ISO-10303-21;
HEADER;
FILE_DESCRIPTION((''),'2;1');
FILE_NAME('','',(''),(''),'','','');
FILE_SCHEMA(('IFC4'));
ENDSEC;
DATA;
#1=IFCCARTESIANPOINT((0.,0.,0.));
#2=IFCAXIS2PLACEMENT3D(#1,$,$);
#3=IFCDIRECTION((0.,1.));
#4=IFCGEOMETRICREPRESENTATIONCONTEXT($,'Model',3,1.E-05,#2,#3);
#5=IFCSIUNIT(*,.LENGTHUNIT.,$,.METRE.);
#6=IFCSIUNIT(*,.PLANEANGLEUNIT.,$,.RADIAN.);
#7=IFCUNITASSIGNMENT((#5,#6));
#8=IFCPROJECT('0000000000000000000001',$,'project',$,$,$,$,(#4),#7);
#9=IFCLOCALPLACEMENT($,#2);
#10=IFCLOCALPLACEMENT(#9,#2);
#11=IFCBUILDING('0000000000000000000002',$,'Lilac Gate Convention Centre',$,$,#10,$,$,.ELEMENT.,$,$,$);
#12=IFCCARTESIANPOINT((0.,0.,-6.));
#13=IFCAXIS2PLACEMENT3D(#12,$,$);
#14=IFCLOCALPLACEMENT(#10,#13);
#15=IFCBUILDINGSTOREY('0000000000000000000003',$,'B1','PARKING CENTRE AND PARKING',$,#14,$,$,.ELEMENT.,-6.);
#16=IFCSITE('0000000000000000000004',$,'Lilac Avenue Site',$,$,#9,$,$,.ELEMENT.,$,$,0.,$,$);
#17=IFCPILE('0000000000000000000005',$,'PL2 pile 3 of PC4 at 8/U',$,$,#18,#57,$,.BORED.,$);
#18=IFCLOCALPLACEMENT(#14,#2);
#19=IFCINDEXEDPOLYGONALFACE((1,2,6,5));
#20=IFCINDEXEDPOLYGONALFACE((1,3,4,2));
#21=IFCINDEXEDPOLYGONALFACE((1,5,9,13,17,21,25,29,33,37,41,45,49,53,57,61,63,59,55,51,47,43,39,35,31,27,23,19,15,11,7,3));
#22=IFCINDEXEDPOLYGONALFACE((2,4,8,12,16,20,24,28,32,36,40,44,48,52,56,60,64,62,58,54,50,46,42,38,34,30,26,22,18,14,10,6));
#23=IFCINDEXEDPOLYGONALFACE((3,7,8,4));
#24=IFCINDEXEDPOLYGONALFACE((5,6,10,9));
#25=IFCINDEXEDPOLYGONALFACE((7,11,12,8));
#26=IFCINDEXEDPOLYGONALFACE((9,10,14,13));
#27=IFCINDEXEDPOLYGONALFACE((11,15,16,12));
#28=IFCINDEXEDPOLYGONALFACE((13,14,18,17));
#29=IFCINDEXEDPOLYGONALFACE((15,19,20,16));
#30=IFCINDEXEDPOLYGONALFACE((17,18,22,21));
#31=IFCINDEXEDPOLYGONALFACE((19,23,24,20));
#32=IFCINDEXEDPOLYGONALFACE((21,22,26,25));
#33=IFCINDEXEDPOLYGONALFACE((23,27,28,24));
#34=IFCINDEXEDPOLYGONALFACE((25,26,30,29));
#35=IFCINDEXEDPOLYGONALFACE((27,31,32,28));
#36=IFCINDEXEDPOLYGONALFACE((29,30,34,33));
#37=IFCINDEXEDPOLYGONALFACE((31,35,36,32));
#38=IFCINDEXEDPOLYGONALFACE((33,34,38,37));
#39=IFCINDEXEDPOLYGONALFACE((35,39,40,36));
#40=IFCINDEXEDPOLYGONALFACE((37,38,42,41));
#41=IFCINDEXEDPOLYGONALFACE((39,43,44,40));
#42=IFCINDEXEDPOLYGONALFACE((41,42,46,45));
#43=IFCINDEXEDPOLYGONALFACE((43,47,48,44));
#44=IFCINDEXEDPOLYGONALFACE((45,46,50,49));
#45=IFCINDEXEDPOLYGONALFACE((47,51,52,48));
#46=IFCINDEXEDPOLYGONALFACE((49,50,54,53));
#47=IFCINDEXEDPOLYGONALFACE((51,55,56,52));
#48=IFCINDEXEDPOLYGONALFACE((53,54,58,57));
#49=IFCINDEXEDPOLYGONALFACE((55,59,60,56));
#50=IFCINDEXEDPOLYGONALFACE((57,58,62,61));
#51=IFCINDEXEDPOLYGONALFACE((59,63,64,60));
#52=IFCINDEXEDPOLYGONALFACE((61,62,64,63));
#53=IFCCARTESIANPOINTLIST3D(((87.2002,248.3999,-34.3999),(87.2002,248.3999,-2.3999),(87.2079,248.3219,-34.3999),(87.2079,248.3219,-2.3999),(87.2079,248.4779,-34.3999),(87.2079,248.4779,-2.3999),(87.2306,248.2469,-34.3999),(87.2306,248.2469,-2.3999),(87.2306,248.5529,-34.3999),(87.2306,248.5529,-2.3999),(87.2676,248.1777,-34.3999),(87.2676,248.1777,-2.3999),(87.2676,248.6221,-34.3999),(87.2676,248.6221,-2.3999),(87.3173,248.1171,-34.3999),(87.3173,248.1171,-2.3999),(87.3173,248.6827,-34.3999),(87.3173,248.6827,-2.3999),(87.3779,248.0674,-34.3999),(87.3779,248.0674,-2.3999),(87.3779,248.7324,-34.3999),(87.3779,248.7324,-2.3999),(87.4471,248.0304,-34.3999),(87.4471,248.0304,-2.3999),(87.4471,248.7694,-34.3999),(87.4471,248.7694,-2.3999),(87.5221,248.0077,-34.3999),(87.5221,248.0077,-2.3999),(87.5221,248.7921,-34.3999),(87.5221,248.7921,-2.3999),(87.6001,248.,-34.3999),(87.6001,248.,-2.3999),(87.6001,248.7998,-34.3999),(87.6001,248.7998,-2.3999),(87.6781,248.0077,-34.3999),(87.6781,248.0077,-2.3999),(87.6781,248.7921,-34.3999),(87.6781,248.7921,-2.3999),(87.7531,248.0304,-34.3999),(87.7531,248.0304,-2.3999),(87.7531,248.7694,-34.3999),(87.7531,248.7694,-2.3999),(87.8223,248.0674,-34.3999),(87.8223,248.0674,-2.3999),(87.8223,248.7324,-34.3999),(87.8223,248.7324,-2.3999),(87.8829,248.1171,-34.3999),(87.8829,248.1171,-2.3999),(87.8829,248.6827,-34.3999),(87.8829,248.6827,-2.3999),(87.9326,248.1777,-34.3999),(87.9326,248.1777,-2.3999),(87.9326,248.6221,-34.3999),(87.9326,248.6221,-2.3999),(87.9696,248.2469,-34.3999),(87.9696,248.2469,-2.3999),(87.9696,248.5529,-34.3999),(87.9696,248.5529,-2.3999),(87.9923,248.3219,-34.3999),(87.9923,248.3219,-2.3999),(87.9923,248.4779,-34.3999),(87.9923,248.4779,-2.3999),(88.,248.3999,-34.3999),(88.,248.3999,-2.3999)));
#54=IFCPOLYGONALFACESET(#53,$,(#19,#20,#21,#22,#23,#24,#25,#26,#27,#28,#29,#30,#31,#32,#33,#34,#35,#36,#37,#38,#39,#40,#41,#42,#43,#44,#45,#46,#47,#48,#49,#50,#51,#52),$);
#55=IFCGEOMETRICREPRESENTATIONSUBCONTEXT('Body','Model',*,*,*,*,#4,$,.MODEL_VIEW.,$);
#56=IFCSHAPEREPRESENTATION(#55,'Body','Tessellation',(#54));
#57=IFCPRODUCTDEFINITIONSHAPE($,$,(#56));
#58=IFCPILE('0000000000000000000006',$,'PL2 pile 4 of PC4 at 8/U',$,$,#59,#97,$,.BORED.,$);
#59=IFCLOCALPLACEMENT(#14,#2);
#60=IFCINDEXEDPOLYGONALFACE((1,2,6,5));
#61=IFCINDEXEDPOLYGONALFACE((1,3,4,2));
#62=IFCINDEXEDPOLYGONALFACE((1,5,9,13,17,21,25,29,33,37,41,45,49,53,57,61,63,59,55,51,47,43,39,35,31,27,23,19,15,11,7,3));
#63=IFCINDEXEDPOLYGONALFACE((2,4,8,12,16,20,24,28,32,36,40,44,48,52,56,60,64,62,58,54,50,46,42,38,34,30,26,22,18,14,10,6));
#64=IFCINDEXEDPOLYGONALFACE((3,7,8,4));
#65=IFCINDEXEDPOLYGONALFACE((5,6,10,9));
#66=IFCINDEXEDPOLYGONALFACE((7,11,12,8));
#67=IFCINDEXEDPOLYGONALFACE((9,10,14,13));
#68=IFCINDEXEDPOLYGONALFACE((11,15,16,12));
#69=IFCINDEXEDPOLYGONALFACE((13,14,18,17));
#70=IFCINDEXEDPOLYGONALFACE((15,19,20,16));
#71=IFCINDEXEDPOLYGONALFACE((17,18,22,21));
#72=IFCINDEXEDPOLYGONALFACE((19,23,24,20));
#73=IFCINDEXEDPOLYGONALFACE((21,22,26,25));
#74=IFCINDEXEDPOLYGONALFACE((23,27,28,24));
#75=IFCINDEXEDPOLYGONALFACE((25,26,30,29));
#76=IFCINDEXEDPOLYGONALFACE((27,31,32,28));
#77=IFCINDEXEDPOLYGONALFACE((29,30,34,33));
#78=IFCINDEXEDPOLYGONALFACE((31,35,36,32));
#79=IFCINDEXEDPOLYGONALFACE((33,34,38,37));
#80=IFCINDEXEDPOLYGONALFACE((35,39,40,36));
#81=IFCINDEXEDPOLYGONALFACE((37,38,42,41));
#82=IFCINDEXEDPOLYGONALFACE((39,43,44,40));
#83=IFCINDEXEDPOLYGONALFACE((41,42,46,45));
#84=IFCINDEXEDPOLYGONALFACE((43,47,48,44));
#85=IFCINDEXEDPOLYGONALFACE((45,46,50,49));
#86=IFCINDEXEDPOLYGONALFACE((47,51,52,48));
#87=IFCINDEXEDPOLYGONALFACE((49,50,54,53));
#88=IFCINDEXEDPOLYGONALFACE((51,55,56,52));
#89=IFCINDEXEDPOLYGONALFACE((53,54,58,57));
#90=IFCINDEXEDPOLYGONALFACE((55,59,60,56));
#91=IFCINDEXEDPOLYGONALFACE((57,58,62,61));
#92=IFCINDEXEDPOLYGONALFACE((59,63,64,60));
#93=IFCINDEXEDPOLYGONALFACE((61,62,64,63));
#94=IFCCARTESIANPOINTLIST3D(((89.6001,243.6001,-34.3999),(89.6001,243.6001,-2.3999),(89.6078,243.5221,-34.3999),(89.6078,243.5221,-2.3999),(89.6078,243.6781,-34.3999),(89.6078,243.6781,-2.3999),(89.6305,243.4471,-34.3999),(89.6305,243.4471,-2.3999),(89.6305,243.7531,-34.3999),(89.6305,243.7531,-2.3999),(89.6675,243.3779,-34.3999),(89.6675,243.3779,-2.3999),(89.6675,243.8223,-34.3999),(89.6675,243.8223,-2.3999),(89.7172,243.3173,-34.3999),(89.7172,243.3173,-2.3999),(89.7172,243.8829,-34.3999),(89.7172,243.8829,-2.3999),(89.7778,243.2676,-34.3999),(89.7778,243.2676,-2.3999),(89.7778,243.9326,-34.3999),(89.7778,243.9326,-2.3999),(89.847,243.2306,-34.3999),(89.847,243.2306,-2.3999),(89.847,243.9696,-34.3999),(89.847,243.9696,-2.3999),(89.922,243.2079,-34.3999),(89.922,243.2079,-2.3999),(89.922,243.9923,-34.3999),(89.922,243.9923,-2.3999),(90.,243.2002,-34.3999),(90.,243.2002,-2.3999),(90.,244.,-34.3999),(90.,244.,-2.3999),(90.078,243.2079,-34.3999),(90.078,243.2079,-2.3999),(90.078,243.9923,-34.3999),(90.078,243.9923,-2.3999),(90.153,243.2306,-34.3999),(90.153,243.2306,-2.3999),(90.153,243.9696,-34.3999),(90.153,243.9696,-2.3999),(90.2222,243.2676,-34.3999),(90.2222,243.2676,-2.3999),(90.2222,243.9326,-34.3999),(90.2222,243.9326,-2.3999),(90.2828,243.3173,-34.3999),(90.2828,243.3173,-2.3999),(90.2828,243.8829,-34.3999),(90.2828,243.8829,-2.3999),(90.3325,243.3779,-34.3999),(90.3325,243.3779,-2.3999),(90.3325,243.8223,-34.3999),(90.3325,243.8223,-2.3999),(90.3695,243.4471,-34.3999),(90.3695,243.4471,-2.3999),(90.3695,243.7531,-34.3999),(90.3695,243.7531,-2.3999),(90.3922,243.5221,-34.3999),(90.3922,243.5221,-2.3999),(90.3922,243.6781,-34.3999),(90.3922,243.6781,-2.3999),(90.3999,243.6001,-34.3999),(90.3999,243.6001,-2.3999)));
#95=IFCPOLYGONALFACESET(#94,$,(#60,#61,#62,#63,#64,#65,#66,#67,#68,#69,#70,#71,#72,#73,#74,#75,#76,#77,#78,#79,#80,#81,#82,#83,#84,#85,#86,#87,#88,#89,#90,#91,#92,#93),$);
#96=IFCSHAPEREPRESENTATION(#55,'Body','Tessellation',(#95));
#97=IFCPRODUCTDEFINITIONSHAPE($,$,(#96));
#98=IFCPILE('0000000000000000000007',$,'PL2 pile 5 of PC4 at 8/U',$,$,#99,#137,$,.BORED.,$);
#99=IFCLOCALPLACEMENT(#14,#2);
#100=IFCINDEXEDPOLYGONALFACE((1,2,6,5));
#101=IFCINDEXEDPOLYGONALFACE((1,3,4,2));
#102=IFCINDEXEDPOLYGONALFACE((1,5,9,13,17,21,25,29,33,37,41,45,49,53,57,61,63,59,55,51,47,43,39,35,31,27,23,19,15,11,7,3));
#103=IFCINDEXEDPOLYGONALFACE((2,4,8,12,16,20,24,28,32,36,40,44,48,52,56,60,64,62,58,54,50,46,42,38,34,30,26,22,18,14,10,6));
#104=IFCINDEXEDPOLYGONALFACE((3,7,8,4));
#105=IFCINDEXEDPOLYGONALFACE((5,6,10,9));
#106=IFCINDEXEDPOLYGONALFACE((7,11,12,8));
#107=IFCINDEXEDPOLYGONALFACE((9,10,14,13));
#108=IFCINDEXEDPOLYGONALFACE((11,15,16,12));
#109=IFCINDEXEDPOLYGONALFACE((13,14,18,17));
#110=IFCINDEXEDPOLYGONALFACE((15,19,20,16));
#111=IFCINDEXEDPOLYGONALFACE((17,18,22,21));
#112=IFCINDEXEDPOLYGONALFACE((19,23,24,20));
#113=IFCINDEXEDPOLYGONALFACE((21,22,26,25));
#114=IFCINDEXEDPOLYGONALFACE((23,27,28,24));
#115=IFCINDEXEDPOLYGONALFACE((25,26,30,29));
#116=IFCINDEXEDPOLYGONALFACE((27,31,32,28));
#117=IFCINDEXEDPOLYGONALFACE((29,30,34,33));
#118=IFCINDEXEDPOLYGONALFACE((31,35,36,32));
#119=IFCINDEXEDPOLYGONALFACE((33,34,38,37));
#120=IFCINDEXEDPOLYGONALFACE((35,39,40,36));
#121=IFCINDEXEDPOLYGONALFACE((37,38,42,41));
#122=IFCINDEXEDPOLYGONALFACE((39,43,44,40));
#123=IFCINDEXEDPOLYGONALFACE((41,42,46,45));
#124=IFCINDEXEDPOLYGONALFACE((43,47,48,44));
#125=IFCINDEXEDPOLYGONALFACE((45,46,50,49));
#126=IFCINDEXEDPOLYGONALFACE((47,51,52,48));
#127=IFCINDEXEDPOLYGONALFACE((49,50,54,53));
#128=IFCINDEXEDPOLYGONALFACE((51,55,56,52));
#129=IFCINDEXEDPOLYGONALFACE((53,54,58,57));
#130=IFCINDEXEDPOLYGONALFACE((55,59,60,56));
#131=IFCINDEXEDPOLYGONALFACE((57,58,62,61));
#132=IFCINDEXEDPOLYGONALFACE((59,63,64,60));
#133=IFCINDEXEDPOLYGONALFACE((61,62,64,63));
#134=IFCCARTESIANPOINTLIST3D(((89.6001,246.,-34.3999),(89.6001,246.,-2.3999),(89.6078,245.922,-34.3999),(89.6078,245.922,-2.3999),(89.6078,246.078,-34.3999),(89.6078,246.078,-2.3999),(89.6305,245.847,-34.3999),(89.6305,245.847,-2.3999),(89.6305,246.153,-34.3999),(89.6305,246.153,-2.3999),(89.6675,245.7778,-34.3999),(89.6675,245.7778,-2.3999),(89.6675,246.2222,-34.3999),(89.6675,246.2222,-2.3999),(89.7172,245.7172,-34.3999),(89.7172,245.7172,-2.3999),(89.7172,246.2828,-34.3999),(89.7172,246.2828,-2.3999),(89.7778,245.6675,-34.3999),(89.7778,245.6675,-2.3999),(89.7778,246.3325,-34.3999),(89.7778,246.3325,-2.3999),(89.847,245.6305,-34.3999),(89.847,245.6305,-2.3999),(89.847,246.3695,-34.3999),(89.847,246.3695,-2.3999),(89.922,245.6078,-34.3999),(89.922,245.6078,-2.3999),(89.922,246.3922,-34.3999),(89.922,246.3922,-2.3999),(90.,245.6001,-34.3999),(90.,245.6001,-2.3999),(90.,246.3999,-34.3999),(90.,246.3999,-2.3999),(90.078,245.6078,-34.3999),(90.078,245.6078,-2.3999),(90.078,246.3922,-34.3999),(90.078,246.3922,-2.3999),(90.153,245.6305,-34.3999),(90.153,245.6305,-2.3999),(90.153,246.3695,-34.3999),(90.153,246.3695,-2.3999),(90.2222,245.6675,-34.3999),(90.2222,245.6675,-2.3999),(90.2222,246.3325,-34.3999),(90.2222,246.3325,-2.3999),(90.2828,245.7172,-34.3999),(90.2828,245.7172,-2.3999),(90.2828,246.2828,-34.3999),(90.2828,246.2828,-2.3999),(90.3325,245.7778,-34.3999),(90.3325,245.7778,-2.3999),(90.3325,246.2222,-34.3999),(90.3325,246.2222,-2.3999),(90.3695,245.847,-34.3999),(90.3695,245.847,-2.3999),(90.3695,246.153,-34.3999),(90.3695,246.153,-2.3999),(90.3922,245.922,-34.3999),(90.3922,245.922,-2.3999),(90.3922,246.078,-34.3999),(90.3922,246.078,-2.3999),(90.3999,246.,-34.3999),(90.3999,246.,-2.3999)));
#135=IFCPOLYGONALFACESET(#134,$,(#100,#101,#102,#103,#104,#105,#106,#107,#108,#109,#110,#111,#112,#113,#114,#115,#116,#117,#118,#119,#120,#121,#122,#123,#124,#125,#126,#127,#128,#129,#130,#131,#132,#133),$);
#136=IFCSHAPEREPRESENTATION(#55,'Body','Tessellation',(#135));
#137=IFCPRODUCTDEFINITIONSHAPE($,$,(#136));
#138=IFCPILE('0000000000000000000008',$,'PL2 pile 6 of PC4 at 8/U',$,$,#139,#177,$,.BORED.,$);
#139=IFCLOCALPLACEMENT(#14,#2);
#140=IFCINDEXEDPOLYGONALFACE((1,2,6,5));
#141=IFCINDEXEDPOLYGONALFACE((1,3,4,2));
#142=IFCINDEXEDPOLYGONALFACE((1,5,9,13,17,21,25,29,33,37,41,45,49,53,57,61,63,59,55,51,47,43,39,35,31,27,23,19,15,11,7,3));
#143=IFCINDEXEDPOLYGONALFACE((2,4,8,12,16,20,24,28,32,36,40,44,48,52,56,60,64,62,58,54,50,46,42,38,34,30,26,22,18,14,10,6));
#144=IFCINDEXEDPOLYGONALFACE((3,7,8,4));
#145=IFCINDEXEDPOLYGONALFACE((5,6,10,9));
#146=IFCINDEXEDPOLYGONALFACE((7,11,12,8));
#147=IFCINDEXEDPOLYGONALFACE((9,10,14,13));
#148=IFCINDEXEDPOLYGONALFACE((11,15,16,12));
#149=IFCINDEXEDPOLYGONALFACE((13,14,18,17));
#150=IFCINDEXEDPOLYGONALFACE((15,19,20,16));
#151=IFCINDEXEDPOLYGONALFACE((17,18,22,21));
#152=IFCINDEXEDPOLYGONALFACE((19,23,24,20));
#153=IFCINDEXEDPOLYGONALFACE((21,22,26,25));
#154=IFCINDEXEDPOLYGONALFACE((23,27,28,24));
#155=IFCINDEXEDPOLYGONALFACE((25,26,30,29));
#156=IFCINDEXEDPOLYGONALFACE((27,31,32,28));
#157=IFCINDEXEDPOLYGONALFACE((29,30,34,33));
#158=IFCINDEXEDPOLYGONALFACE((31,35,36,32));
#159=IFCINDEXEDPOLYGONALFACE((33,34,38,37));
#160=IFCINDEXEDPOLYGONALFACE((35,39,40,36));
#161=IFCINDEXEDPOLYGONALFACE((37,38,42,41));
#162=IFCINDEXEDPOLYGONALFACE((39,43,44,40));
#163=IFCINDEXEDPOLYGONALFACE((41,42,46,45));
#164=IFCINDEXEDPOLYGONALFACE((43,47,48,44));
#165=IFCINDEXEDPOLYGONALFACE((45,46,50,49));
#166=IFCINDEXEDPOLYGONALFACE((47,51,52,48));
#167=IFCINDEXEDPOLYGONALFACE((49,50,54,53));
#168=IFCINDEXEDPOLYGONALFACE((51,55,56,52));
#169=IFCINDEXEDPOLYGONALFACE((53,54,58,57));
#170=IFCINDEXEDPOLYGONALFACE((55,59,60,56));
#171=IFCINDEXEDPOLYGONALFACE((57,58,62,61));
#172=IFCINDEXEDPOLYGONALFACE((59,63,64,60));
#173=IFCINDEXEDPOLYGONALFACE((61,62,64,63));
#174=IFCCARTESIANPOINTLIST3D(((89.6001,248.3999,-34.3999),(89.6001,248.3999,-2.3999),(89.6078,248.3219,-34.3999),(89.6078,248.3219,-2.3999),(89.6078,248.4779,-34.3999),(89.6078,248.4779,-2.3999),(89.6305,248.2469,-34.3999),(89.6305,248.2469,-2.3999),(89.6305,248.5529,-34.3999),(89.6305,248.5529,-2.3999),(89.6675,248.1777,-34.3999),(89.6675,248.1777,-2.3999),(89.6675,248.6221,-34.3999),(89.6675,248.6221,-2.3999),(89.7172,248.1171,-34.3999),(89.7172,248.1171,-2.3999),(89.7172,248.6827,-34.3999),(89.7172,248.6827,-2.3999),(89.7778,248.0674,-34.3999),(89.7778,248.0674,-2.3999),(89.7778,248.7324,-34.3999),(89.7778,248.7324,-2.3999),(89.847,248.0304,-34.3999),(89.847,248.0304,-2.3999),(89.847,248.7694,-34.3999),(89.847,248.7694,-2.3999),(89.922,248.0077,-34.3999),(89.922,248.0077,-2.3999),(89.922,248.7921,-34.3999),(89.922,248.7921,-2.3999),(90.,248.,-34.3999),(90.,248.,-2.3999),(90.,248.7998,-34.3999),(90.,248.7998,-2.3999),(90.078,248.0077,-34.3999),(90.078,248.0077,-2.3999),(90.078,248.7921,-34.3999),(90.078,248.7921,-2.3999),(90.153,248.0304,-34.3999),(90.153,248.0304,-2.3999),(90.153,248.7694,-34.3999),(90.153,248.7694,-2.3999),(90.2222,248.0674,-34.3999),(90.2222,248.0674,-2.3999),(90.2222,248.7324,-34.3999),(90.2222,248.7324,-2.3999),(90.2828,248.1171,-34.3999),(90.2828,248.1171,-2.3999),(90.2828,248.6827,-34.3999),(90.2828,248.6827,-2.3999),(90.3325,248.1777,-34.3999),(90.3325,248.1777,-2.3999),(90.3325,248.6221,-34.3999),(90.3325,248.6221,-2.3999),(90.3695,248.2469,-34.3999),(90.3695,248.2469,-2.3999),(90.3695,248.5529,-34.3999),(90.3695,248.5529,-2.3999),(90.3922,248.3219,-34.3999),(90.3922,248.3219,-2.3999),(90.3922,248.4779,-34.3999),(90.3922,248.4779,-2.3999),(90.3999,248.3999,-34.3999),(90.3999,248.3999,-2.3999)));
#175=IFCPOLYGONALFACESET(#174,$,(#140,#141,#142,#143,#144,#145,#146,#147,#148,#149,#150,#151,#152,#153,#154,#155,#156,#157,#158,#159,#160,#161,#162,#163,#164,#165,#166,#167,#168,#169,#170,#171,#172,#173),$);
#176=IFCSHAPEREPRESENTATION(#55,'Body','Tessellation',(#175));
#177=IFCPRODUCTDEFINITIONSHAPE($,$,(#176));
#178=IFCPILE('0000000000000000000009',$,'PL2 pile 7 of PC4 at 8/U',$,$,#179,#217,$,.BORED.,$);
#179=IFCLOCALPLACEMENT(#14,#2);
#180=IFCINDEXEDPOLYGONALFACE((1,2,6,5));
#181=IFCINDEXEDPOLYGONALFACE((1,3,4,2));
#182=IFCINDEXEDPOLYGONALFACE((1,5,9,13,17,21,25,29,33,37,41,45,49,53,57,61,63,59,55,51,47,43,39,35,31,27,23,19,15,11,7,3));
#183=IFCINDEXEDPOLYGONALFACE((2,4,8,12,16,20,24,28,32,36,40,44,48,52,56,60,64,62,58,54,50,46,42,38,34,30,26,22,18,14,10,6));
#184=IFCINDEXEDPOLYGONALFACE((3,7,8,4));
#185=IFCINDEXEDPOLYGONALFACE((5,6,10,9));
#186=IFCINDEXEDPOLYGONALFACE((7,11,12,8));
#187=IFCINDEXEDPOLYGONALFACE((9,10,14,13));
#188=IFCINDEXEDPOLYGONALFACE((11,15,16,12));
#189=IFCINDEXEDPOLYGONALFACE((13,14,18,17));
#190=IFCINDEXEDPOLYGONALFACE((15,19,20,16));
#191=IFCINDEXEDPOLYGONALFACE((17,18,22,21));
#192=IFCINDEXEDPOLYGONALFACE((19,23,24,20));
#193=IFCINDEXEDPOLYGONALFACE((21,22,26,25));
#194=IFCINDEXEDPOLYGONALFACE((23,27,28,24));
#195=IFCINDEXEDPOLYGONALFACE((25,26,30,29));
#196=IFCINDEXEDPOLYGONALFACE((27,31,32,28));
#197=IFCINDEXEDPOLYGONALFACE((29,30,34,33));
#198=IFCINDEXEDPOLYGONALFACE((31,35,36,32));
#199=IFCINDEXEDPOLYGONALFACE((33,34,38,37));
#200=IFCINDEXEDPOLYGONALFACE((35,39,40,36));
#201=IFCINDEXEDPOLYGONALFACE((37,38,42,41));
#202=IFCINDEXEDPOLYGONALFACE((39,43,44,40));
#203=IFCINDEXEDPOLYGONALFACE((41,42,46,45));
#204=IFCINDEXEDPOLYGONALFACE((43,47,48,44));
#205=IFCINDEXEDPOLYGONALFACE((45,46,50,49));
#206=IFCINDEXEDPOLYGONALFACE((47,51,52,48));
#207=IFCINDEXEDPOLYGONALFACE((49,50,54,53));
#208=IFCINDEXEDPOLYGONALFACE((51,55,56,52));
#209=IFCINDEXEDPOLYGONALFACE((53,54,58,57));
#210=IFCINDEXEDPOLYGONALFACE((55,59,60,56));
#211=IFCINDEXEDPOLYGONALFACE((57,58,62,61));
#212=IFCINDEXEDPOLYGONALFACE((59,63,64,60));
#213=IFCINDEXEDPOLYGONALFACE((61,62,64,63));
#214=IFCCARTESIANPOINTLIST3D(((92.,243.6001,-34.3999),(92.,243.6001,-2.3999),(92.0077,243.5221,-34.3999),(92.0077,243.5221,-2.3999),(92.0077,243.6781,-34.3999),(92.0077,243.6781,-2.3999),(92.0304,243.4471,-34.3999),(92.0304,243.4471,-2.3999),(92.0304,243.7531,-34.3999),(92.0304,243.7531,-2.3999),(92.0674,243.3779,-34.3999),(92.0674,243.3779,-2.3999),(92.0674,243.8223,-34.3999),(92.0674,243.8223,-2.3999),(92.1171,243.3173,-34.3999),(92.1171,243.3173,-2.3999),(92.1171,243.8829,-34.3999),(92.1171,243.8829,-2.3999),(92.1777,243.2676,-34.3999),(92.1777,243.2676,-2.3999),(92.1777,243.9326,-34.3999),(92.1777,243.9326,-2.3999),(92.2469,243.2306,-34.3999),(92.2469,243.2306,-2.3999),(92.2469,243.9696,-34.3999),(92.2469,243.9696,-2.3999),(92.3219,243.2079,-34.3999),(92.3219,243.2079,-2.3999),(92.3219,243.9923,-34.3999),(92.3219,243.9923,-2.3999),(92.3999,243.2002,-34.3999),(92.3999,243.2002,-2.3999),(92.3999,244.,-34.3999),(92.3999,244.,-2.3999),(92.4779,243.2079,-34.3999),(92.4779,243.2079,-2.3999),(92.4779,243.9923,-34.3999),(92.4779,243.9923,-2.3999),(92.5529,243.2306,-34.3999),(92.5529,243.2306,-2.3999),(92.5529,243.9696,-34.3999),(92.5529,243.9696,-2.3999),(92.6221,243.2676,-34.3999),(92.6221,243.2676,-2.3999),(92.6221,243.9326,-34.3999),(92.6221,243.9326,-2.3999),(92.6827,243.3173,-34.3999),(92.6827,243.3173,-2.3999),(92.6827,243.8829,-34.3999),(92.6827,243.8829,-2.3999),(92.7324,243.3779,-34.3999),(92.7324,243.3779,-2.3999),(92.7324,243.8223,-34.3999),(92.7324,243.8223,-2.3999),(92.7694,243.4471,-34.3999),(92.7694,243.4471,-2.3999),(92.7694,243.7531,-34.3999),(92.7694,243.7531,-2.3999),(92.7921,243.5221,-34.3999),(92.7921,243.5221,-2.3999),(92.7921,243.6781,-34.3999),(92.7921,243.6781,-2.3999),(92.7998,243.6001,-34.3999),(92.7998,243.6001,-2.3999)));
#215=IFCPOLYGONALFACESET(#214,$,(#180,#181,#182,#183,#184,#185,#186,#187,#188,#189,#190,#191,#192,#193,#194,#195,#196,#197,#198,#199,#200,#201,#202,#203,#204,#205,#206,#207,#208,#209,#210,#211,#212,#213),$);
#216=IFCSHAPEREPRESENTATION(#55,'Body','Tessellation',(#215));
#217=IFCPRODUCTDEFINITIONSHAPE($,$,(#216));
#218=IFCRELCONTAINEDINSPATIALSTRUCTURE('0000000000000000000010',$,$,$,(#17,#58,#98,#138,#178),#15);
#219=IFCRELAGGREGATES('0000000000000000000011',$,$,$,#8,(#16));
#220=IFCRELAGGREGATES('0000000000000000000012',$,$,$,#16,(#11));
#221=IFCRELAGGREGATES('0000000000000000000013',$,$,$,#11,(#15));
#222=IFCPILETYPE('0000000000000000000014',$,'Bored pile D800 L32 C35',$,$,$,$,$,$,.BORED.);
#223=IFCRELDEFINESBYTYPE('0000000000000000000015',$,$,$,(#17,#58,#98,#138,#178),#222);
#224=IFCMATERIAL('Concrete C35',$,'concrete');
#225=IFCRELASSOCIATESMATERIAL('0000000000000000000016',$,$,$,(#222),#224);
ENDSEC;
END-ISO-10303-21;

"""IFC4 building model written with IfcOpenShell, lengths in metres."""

from ifc_helpers import new_model, si_unit, direction, frame, origin, origin_2d, place, context, subcontext, project, spatial, circle, extrude, material, material_profile, profile_set, type_object, element, save


model = new_model("IFC4")

# Units and contexts
model_context = context("Model", 3, precision=1e-05, world=origin(), true_north=direction((0.0, 1.0)))
body_context = subcontext(model_context, "Body", "Model", "MODEL_VIEW")
ifc_project = project(units=[si_unit("LENGTHUNIT", "METRE"), si_unit("PLANEANGLEUNIT", "RADIAN")], contexts=[model_context])

# Site, building, storey
site_placement = place(None, origin())
site = spatial("IfcSite", under=ifc_project, at=site_placement, Name="Lilac Avenue Site", CompositionType="ELEMENT", RefElevation=0.0)
building_placement = place(site_placement, origin())
building = spatial("IfcBuilding", under=site, at=building_placement, Name="Lilac Gate Convention Centre", CompositionType="ELEMENT")
storey_placement = place(building_placement, frame((0.0, 0.0, -6.0)))
storey = spatial("IfcBuildingStorey", under=building, at=storey_placement, Name="B1", Description="PARKING CENTRE AND PARKING", CompositionType="ELEMENT", Elevation=-6.0)

# Piles
ifc_material_1 = material(Name="Concrete C35", Category="concrete")
ifc_material_profile_1 = material_profile(ifc_material_1, circle(Radius=0.3999, at=origin_2d()), Name="D800")
ifc_profile_set_1 = profile_set([ifc_material_profile_1], Name="Concrete C35")
pile_type = type_object("IfcPileType", Name="Bored pile D800 L32 C35", PredefinedType="BORED", material=ifc_profile_set_1)
for number, where, z_axis, x_axis, name in (
    (1, (87.6001, 248.3999, -2.3999), (0.0, 0.0, -1.0), (1.0, 0.0, 0.0), "PL2 pile 3 of PC4 at 8/U"),
    (2, (90.0, 243.6001, -2.3999), (0.0, 0.0, -1.0), (1.0, 0.0, 0.0), "PL2 pile 4 of PC4 at 8/U"),
    (3, (90.0, 246.0, -2.3999), (0.0, 0.0, -1.0), (1.0, 0.0, 0.0), "PL2 pile 5 of PC4 at 8/U"),
    (4, (90.0, 248.3999, -2.3999), (0.0, 0.0, -1.0), (1.0, 0.0, 0.0), "PL2 pile 6 of PC4 at 8/U"),
    (5, (92.3999, 243.6001, -2.3999), (0.0, 0.0, -1.0), (1.0, 0.0, 0.0), "PL2 pile 7 of PC4 at 8/U"),
):
    element("IfcPile", number, at=place(storey_placement, frame(where, z_axis=z_axis, x_axis=x_axis)), inside=storey, type_object=pile_type, Name=name, PredefinedType="BORED", context=body_context, shape_type="SweptSolid", body=[
        extrude(circle(Radius=0.3999, at=origin_2d()), origin(), (0.0, 0.0, 1.0), 32.0),
    ])

save(model, "model.ifc")
